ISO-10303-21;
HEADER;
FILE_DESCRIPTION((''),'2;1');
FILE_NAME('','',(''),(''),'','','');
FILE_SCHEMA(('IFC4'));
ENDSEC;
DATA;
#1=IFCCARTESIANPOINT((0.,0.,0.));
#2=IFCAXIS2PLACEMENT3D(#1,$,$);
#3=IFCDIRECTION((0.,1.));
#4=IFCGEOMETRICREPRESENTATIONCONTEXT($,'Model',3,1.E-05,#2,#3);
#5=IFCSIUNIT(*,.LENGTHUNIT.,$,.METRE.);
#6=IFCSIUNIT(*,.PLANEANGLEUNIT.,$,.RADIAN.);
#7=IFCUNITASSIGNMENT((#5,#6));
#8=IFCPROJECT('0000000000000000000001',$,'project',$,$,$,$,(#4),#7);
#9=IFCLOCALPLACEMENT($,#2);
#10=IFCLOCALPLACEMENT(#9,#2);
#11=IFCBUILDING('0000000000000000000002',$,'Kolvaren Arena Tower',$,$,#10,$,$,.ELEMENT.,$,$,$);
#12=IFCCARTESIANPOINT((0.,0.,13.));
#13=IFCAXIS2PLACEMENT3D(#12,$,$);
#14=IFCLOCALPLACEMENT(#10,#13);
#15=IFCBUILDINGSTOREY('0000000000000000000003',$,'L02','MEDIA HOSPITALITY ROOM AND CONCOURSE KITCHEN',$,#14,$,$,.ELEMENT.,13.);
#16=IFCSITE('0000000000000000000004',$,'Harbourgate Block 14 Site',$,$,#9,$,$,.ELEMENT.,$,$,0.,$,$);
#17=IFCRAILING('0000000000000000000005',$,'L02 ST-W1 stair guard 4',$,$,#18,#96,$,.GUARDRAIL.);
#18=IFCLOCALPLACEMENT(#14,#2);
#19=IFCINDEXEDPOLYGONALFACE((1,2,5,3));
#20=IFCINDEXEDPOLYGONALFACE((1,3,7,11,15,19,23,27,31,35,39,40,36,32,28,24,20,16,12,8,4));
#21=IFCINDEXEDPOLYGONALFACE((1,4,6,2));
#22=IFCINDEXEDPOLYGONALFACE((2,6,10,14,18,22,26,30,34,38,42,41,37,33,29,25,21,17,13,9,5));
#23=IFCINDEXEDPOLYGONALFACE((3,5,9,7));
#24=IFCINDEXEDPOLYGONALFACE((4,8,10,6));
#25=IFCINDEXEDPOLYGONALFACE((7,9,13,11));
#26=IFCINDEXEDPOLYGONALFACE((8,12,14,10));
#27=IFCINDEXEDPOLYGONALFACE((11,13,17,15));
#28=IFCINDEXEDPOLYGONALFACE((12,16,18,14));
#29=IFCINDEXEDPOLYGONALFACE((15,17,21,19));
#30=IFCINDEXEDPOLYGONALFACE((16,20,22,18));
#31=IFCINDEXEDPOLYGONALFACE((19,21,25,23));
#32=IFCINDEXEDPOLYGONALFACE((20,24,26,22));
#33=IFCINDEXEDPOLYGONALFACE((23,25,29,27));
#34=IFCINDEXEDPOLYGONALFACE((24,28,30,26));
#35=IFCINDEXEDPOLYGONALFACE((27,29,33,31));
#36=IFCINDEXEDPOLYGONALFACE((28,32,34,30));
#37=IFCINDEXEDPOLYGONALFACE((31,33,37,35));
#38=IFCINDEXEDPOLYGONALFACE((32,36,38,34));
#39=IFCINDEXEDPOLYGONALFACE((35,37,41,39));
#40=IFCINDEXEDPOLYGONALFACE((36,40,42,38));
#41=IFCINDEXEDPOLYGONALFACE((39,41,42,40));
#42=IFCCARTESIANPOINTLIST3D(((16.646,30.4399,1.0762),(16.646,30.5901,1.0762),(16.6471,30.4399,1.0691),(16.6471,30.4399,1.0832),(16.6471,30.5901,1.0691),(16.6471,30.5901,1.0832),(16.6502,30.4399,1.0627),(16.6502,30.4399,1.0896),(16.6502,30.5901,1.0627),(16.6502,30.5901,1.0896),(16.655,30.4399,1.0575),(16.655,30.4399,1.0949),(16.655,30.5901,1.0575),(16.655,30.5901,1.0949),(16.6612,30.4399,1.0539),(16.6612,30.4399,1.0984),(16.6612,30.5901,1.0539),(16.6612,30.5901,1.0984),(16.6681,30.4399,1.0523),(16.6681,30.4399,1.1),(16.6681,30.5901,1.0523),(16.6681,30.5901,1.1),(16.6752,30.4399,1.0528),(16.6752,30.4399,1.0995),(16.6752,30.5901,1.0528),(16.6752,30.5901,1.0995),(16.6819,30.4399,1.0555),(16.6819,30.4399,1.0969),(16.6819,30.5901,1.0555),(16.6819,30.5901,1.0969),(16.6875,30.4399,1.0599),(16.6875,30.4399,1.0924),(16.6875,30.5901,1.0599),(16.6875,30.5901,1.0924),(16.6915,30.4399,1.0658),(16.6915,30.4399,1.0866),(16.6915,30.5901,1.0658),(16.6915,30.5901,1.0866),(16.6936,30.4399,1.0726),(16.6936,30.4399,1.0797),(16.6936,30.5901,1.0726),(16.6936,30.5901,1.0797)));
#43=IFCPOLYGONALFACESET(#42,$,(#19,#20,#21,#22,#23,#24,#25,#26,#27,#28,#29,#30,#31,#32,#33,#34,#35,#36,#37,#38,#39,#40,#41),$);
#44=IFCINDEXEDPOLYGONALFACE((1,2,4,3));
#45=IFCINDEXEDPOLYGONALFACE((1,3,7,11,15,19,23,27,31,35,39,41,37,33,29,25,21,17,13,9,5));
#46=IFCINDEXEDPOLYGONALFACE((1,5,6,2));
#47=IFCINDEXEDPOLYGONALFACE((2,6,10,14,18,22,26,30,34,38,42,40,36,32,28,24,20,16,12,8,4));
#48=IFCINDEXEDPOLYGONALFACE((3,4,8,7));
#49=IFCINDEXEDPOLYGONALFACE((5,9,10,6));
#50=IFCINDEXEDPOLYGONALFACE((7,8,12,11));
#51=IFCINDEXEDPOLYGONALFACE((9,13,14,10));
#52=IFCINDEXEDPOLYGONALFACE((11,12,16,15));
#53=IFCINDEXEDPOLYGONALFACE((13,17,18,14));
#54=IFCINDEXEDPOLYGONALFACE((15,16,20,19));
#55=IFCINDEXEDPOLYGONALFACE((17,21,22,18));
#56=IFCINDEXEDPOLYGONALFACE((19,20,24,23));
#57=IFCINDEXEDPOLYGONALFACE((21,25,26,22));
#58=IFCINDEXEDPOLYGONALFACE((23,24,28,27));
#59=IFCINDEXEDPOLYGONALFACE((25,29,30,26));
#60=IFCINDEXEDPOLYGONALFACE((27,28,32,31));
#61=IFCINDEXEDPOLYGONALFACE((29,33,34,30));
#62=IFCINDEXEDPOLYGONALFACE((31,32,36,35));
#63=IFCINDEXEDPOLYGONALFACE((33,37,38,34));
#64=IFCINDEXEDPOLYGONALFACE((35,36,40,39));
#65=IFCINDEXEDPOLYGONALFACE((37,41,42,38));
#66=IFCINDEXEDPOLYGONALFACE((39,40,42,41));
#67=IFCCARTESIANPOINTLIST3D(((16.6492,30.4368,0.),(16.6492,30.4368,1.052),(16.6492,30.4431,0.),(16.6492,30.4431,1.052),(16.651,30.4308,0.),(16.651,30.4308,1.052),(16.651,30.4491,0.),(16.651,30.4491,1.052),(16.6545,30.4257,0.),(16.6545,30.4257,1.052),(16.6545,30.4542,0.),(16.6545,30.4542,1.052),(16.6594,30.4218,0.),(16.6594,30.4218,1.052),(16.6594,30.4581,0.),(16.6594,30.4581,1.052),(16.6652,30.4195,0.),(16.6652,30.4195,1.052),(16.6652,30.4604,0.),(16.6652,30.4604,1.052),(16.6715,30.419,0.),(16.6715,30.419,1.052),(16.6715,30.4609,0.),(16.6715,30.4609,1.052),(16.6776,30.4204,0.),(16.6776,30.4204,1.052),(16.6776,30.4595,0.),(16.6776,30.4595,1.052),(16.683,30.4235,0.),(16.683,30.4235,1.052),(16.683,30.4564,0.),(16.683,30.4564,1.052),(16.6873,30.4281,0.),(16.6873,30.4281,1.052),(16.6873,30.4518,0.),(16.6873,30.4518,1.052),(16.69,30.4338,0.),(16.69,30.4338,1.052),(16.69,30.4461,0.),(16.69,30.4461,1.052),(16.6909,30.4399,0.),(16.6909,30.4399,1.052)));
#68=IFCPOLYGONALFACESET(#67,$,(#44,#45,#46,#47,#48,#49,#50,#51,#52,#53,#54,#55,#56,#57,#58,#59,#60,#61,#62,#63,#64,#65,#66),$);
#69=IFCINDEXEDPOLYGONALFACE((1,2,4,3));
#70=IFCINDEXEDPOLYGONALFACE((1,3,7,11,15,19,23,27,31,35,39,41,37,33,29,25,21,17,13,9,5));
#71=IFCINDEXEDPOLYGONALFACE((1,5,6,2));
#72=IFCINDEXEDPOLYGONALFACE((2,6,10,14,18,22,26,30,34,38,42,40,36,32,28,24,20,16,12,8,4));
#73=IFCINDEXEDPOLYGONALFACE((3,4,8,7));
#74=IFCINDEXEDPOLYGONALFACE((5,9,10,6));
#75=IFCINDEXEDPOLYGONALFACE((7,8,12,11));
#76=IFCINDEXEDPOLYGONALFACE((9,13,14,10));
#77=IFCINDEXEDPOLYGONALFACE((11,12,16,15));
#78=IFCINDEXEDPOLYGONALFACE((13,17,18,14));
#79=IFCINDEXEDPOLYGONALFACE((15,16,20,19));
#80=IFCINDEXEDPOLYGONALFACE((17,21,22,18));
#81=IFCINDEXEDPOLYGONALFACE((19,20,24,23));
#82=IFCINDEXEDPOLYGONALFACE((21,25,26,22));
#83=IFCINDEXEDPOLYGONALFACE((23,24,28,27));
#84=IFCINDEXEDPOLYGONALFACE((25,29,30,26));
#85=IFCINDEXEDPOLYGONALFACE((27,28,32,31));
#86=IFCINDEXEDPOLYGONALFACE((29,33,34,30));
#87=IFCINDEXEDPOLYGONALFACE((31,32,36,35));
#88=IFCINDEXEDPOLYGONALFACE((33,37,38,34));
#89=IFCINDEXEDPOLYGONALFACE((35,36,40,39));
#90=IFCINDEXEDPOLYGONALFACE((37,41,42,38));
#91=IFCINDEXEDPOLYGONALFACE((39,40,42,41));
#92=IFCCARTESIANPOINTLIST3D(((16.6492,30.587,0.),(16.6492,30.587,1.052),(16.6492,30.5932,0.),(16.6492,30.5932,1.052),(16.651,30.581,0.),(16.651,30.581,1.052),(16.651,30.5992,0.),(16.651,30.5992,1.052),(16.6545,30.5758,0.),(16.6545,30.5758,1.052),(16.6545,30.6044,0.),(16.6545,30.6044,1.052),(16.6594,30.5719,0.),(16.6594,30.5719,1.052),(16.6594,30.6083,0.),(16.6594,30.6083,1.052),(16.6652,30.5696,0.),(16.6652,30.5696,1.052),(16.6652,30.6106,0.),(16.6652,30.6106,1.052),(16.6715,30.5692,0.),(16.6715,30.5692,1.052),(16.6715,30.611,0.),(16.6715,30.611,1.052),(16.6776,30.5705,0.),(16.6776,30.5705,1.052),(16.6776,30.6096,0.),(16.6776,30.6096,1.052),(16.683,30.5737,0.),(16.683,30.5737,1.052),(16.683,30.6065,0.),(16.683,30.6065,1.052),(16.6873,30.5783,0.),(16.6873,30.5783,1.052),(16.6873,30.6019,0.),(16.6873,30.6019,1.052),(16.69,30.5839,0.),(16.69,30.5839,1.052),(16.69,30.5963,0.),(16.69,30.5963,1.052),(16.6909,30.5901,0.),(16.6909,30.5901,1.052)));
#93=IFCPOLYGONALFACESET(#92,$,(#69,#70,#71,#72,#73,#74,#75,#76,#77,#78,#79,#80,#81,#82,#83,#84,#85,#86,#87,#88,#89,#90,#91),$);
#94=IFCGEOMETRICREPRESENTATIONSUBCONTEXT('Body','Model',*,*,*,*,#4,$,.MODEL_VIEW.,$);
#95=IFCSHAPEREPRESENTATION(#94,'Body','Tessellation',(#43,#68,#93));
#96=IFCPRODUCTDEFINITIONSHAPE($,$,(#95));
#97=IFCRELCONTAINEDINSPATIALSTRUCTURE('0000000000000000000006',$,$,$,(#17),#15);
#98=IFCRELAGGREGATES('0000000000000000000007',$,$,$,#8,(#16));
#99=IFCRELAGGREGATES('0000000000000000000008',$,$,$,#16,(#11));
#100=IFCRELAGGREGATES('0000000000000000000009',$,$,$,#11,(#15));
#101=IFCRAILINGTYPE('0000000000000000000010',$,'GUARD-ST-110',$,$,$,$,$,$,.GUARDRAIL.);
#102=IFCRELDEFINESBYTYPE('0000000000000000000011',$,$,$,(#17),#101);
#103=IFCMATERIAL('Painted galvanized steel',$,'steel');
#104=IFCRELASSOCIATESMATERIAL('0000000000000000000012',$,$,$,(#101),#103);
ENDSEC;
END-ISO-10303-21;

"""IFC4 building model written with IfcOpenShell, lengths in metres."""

from ifc_helpers import new_model, si_unit, direction, frame, origin, origin_2d, place, context, subcontext, project, spatial, circle, extrude, material, type_object, element, save


model = new_model("IFC4")

# Units and contexts
model_context = context("Model", 3, precision=1e-05, world=origin(), true_north=direction((0.0, 1.0)))
body_context = subcontext(model_context, "Body", "Model", "MODEL_VIEW")
ifc_project = project(units=[si_unit("LENGTHUNIT", "METRE"), si_unit("PLANEANGLEUNIT", "RADIAN")], contexts=[model_context])

# Site, building, storey
site_placement = place(None, origin())
site = spatial("IfcSite", under=ifc_project, at=site_placement, Name="Harbourgate Block 14 Site", CompositionType="ELEMENT", RefElevation=0.0)
building_placement = place(site_placement, origin())
building = spatial("IfcBuilding", under=site, at=building_placement, Name="Kolvaren Arena Tower", CompositionType="ELEMENT")
storey_placement = place(building_placement, frame((0.0, 0.0, 13.0)))
storey = spatial("IfcBuildingStorey", under=building, at=storey_placement, Name="L02", Description="MEDIA HOSPITALITY ROOM AND CONCOURSE KITCHEN", CompositionType="ELEMENT", Elevation=13.0)

# Railing
ifc_material_1 = material(Name="Painted galvanized steel", Category="steel")
railing_type_1 = type_object("IfcRailingType", Name="GUARD-ST-110", PredefinedType="GUARDRAIL", material=ifc_material_1)
railing_1_placement = place(storey_placement, frame((16.6699, 30.4399, 0.0)))
element("IfcRailing", 1, at=railing_1_placement, inside=storey, type_object=railing_type_1, Name="L02 ST-W1 stair guard 4", PredefinedType="GUARDRAIL", context=body_context, shape_type="SweptSolid", body=[
    extrude(circle(Radius=0.0239, at=origin_2d()), frame((0.0, 0.0, 1.0762), z_axis=(0.0, 1.0, 0.0), x_axis=(-1.0, 0.0, 0.0)), (0.0, 0.0, 1.0), 0.1501),
    extrude(circle(Radius=0.021, at=origin_2d()), origin(), (0.0, 0.0, 1.0), 1.052),
    extrude(circle(Radius=0.021, at=origin_2d()), frame((0.0, 0.1501, 0.0)), (0.0, 0.0, 1.0), 1.052),
])

save(model, "model.ifc")
